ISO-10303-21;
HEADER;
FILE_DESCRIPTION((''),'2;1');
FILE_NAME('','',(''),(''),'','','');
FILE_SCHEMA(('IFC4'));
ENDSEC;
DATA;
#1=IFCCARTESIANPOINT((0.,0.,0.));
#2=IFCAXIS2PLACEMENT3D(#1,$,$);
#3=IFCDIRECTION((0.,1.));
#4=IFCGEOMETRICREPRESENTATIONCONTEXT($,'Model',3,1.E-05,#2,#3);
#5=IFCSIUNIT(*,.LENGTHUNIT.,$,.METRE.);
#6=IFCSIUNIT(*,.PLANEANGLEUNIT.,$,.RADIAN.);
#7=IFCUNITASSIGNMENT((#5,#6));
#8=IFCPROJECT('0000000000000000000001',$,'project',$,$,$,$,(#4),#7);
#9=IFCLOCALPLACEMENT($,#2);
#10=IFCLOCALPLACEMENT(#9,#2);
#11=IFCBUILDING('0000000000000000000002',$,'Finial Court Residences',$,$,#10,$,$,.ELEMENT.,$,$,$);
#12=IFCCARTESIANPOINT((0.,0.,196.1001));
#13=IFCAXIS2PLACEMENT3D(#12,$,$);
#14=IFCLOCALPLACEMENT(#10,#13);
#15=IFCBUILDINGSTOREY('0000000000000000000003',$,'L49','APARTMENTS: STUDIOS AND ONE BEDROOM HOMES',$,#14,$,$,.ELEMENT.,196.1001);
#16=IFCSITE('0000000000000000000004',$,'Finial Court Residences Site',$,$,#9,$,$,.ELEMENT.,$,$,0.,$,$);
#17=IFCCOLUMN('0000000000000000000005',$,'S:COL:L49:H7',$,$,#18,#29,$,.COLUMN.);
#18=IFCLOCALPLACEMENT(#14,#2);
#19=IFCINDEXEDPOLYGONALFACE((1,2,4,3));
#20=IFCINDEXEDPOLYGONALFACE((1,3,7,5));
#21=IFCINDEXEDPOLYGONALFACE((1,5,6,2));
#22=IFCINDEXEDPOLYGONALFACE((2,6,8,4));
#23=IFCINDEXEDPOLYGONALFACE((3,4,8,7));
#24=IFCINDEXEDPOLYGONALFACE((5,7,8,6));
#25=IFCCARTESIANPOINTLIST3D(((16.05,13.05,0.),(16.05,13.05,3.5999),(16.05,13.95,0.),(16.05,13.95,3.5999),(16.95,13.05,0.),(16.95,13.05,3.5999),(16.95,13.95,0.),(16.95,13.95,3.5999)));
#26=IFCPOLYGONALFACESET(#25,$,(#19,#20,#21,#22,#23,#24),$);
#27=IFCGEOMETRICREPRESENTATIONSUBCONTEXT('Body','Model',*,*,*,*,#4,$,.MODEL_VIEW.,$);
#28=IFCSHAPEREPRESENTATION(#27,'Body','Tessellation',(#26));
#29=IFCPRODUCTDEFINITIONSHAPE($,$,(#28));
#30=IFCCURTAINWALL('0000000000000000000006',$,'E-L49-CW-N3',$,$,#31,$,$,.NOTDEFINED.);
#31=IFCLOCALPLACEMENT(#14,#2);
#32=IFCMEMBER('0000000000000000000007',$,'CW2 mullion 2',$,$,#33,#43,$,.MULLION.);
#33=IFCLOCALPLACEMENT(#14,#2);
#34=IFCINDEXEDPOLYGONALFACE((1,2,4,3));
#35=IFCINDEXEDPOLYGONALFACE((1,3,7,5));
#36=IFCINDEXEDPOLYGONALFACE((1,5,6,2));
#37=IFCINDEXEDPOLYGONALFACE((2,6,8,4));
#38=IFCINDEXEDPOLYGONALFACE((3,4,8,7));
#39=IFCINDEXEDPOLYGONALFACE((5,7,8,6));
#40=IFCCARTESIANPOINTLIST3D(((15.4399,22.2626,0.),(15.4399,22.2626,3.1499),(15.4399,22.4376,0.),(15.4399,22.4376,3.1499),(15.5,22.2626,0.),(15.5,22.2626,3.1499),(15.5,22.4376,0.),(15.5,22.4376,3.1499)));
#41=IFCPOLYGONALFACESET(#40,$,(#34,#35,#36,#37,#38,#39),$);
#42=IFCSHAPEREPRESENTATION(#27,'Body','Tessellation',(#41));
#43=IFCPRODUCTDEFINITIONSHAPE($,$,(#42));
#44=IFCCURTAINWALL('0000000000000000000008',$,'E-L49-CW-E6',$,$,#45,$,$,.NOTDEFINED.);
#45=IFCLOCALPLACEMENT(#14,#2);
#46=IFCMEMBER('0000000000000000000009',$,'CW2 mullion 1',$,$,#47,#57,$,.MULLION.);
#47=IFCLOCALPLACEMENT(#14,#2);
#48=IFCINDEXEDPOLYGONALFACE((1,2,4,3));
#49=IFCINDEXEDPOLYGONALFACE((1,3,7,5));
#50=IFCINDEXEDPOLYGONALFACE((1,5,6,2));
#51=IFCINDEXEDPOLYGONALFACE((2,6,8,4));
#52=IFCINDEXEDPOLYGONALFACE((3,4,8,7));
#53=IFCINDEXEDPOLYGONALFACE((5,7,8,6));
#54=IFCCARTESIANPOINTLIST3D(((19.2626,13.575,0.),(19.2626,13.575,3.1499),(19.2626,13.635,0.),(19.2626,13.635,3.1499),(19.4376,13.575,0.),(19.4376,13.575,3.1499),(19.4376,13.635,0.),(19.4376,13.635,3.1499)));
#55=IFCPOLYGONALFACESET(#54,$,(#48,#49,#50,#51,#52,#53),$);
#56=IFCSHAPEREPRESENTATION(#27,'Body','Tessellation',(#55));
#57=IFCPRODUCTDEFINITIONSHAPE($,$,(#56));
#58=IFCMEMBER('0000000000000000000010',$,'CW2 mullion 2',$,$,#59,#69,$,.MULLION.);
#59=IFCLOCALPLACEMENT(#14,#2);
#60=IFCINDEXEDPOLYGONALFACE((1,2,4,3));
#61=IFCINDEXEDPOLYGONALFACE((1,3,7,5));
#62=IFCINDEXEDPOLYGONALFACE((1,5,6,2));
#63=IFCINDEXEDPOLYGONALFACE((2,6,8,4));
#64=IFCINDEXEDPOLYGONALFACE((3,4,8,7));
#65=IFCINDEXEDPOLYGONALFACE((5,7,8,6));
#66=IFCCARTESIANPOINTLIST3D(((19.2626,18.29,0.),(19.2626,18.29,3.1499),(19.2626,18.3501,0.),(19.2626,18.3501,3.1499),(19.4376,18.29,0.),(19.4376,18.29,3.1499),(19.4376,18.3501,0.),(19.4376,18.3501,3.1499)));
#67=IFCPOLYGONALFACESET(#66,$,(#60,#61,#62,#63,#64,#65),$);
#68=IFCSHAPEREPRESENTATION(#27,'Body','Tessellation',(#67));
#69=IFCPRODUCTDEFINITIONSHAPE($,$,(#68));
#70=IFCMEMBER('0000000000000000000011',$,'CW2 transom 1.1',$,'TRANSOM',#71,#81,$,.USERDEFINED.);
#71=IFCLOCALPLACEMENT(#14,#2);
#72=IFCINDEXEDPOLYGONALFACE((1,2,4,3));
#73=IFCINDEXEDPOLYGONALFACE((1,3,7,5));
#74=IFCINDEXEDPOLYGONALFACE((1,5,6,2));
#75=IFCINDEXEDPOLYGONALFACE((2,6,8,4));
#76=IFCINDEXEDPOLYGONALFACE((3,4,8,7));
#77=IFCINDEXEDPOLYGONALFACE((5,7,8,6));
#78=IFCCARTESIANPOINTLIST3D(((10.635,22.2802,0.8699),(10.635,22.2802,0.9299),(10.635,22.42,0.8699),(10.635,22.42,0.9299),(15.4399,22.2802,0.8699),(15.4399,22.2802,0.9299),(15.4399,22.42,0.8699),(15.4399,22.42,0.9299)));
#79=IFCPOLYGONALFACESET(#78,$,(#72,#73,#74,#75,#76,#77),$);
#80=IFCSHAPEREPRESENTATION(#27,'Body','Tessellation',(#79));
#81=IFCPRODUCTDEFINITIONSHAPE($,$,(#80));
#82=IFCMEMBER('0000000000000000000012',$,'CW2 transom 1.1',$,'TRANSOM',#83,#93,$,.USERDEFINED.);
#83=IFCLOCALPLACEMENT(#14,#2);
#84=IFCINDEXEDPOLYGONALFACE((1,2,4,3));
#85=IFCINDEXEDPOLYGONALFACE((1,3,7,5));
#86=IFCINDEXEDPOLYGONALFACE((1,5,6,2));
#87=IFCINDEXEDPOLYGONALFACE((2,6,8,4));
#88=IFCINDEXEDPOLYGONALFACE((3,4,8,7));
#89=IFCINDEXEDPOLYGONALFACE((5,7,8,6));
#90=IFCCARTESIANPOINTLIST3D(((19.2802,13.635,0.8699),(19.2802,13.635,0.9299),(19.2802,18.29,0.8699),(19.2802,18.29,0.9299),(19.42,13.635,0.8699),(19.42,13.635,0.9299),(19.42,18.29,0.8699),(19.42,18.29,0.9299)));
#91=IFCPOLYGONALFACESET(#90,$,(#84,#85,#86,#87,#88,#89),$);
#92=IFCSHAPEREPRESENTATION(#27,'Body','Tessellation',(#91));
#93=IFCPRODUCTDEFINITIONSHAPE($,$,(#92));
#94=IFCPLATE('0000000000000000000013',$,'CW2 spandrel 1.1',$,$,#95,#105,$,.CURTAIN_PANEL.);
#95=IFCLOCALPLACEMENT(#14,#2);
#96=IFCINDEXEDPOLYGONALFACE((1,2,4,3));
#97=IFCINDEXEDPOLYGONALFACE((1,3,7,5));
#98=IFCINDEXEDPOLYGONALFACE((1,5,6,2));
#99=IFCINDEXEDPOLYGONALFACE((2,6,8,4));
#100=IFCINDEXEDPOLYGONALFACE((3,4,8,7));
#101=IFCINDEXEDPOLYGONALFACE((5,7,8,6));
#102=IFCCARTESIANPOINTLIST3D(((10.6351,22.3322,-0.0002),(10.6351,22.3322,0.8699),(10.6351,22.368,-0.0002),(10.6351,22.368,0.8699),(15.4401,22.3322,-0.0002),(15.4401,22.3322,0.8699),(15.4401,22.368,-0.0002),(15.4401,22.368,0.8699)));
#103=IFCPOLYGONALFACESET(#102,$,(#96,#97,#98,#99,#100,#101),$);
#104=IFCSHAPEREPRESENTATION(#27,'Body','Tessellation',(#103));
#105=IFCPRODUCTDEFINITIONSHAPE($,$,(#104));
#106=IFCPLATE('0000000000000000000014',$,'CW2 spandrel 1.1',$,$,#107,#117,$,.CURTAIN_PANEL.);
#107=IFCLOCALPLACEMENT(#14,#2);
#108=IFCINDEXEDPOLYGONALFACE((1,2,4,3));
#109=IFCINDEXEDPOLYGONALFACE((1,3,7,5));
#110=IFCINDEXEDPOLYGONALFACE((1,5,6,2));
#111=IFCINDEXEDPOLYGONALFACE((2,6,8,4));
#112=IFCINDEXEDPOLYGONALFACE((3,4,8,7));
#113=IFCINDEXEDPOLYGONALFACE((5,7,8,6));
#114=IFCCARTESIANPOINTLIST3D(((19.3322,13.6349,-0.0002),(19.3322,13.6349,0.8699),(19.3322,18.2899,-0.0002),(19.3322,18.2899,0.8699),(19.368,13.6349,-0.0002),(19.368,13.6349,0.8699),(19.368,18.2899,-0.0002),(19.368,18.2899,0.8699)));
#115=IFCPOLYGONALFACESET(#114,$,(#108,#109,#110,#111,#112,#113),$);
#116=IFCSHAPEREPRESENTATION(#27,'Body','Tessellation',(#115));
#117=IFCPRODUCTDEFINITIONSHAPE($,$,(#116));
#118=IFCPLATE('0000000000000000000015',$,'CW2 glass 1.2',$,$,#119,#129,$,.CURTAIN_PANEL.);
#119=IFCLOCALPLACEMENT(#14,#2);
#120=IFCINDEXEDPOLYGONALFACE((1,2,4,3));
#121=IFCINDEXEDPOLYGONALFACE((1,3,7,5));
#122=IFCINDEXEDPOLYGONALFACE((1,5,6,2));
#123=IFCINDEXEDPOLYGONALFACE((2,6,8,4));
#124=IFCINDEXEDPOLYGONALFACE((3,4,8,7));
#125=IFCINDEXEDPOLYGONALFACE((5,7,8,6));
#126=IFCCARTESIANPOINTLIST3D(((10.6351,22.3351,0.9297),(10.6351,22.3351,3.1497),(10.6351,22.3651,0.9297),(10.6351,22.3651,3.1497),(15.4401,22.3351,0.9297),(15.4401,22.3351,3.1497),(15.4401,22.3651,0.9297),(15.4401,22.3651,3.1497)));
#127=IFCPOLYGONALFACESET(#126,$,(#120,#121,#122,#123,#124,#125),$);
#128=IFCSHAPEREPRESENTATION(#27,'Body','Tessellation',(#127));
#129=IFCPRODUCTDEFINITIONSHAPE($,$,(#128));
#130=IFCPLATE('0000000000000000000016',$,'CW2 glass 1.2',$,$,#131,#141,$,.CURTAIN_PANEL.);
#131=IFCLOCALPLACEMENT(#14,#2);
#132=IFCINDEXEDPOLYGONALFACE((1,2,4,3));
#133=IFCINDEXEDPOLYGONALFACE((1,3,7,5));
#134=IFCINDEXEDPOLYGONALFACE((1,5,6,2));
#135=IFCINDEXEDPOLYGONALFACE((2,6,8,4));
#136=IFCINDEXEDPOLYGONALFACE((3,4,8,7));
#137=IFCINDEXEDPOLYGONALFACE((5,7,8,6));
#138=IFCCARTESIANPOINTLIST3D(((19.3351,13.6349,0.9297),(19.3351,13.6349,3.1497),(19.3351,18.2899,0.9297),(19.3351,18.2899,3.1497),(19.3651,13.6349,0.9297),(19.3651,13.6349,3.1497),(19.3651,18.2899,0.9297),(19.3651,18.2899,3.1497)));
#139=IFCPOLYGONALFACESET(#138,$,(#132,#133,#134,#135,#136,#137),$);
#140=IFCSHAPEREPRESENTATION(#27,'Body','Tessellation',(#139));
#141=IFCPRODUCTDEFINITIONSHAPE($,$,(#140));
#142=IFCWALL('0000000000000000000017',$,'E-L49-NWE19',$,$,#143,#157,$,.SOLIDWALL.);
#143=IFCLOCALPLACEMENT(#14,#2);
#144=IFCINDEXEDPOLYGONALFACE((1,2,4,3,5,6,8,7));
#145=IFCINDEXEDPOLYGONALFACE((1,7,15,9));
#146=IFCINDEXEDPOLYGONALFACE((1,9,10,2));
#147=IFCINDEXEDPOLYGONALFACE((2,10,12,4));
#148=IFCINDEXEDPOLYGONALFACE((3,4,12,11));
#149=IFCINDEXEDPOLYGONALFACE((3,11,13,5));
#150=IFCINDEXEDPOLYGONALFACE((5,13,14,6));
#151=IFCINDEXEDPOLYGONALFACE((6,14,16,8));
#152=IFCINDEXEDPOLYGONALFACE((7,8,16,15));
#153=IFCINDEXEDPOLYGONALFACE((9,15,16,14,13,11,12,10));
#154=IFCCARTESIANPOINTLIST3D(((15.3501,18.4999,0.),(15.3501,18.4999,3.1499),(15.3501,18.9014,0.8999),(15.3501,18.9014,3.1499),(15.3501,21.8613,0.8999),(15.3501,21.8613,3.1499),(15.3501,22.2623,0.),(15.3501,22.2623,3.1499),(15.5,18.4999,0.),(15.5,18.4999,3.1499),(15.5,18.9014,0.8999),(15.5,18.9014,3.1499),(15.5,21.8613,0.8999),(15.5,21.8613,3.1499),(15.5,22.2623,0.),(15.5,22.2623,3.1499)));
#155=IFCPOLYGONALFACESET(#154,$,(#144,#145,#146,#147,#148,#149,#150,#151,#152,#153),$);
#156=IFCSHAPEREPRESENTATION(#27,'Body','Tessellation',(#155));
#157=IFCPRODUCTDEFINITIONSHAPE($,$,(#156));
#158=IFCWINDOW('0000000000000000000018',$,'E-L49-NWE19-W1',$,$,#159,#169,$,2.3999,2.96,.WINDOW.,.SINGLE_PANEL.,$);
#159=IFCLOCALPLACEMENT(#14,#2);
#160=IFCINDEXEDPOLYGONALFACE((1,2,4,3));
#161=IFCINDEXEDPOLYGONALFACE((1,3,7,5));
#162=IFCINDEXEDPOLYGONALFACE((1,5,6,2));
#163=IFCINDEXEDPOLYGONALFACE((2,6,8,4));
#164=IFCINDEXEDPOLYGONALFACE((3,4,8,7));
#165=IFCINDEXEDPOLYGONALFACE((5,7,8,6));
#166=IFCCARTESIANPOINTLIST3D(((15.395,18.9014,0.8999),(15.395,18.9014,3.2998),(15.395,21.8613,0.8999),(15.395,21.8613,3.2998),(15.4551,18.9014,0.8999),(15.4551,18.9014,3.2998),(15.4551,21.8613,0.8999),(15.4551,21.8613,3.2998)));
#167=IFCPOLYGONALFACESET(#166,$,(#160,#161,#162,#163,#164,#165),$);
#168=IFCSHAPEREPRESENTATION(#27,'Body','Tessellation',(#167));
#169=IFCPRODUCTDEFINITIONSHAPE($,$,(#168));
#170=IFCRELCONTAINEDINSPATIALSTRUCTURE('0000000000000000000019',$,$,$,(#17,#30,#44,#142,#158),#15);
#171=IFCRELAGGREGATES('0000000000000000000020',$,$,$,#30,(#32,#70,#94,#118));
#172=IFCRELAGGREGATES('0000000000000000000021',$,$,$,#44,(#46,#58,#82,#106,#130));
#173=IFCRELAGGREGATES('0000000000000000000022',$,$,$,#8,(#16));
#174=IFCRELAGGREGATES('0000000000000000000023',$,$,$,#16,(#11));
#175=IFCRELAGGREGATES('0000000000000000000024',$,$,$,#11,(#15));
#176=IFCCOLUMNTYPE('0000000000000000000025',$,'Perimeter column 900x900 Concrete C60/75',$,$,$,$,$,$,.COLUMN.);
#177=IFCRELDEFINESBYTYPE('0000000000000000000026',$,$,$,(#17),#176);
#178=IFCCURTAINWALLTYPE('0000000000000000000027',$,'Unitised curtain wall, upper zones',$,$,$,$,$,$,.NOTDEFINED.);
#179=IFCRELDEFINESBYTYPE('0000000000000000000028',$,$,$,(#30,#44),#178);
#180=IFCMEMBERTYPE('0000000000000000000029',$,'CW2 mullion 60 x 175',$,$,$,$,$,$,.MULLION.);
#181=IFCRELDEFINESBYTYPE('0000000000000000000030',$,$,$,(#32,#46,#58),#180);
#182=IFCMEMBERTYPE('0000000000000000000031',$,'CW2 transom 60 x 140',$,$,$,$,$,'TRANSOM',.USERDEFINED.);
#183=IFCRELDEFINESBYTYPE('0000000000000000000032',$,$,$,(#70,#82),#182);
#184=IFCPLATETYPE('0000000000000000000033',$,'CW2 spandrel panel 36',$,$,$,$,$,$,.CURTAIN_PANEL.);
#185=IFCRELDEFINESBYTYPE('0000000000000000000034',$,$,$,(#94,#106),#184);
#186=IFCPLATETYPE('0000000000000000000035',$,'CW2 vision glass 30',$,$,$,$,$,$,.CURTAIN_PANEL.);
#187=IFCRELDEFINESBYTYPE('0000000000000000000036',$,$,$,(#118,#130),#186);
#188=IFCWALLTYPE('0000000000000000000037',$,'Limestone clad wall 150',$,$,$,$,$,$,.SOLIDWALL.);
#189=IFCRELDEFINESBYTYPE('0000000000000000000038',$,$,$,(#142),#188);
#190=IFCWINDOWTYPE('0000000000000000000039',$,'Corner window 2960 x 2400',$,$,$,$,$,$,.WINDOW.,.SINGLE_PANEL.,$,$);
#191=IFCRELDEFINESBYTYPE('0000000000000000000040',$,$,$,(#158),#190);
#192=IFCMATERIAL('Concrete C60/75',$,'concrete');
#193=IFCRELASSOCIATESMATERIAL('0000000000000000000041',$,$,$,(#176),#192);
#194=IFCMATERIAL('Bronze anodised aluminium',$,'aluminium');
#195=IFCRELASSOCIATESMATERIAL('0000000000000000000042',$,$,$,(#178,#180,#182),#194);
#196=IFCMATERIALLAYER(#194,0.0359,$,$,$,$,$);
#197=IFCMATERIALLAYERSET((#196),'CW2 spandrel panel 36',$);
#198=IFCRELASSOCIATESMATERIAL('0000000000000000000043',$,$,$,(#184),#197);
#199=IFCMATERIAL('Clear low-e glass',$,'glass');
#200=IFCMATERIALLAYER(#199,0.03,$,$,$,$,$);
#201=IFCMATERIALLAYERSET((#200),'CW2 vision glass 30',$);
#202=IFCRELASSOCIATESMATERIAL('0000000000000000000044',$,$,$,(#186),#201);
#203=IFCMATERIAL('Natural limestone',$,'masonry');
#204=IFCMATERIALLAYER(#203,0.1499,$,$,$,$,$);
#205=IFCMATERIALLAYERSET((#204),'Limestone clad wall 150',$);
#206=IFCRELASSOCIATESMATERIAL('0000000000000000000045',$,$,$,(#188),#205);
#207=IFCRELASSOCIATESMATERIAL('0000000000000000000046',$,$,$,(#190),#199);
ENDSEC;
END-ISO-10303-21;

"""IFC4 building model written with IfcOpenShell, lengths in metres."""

from ifc_helpers import new_model, si_unit, direction, frame, frame_2d, origin, origin_2d, place, context, subcontext, project, spatial, rectangle, extrude, material, layer, layer_set, material_profile, profile_set, type_object, element, fill, aggregate, save


model = new_model("IFC4")

# Units and contexts
model_context = context("Model", 3, precision=1e-05, world=origin(), true_north=direction((0.0, 1.0)))
body_context = subcontext(model_context, "Body", "Model", "MODEL_VIEW")
ifc_project = project(units=[si_unit("LENGTHUNIT", "METRE"), si_unit("PLANEANGLEUNIT", "RADIAN")], contexts=[model_context])

# Site, building, storey
site_placement = place(None, origin())
site = spatial("IfcSite", under=ifc_project, at=site_placement, Name="Finial Court Residences Site", CompositionType="ELEMENT", RefElevation=0.0)
building_placement = place(site_placement, origin())
building = spatial("IfcBuilding", under=site, at=building_placement, Name="Finial Court Residences", CompositionType="ELEMENT")
storey_placement = place(building_placement, frame((0.0, 0.0, 196.1001)))
storey = spatial("IfcBuildingStorey", under=building, at=storey_placement, Name="L49", Description="APARTMENTS: STUDIOS AND ONE BEDROOM HOMES", CompositionType="ELEMENT", Elevation=196.1001)

# Column
ifc_material_1 = material(Name="Concrete C60/75", Category="concrete")
ifc_material_profile_1 = material_profile(ifc_material_1, rectangle(XDim=0.8999, YDim=0.8999, at=origin_2d()), Name="900x900")
ifc_profile_set_1 = profile_set([ifc_material_profile_1], Name="Concrete C60/75")
column_type = type_object("IfcColumnType", Name="Perimeter column 900x900 Concrete C60/75", PredefinedType="COLUMN", material=ifc_profile_set_1)
column_placement = place(storey_placement, frame((16.5, 13.5, 0.0), z_axis=(0.0, 0.0, 1.0), x_axis=(1.0, 0.0, 0.0)))
element("IfcColumn", 1, at=column_placement, inside=storey, type_object=column_type, Name="S:COL:L49:H7", PredefinedType="COLUMN", context=body_context, shape_type="SweptSolid", body=[
    extrude(rectangle(XDim=0.8999, YDim=0.8999, at=origin_2d()), origin(), (0.0, 0.0, 1.0), 3.5999),
])

# Curtain wall, member
ifc_material_2 = material(Name="Bronze anodised aluminium", Category="aluminium")
curtain_wall_type = type_object("IfcCurtainWallType", Name="Unitised curtain wall, upper zones", PredefinedType="NOTDEFINED", material=ifc_material_2)
curtain_wall_1_placement = place(storey_placement, origin())
curtain_wall_1 = element("IfcCurtainWall", 2, at=curtain_wall_1_placement, inside=storey, type_object=curtain_wall_type, Name="E-L49-CW-N3", PredefinedType="NOTDEFINED")
ifc_material_profile_2 = material_profile(ifc_material_2, rectangle(XDim=0.175, YDim=0.0601, at=origin_2d()), Name="CW2 mullion 60 x 175")
ifc_profile_set_2 = profile_set([ifc_material_profile_2], Name="Bronze anodised aluminium")
member_type_1 = type_object("IfcMemberType", Name="CW2 mullion 60 x 175", PredefinedType="MULLION", material=ifc_profile_set_2)
member_1_placement = place(storey_placement, frame((15.47, 22.3501, 0.0), z_axis=(0.0, 0.0, 1.0), x_axis=(0.0, 1.0, 0.0)))
member_1 = element("IfcMember", 3, at=member_1_placement, type_object=member_type_1, Name="CW2 mullion 2", PredefinedType="MULLION", context=body_context, shape_type="SweptSolid", body=[
    extrude(rectangle(XDim=0.175, YDim=0.0601, at=origin_2d()), origin(), (0.0, 0.0, 1.0), 3.1499),
])

# Curtain wall, members
curtain_wall_2_placement = place(storey_placement, origin())
curtain_wall_2 = element("IfcCurtainWall", 4, at=curtain_wall_2_placement, inside=storey, type_object=curtain_wall_type, Name="E-L49-CW-E6", PredefinedType="NOTDEFINED")
member_2_placement = place(storey_placement, frame((19.3501, 13.605, 0.0), z_axis=(0.0, 0.0, 1.0), x_axis=(-1.0, 0.0, 0.0)))
member_2 = element("IfcMember", 5, at=member_2_placement, type_object=member_type_1, Name="CW2 mullion 1", PredefinedType="MULLION", context=body_context, shape_type="SweptSolid", body=[
    extrude(rectangle(XDim=0.175, YDim=0.0601, at=origin_2d()), origin(), (0.0, 0.0, 1.0), 3.1499),
])
member_3_placement = place(storey_placement, frame((19.3501, 18.3201, 0.0), z_axis=(0.0, 0.0, 1.0), x_axis=(-1.0, 0.0, 0.0)))
member_3 = element("IfcMember", 6, at=member_3_placement, type_object=member_type_1, Name="CW2 mullion 2", PredefinedType="MULLION", context=body_context, shape_type="SweptSolid", body=[
    extrude(rectangle(XDim=0.175, YDim=0.0601, at=origin_2d()), origin(), (0.0, 0.0, 1.0), 3.1499),
])

# Members
ifc_material_profile_3 = material_profile(ifc_material_2, rectangle(XDim=0.1399, YDim=0.0601, at=origin_2d()), Name="CW2 transom 60 x 140")
ifc_profile_set_3 = profile_set([ifc_material_profile_3], Name="Bronze anodised aluminium")
member_type_2 = type_object("IfcMemberType", Name="CW2 transom 60 x 140", ElementType="TRANSOM", PredefinedType="USERDEFINED", material=ifc_profile_set_3)
member_4_placement = place(storey_placement, frame((10.635, 22.3501, 0.8999), z_axis=(1.0, 0.0, 0.0), x_axis=(0.0, 1.0, 0.0)))
member_4 = element("IfcMember", 7, at=member_4_placement, type_object=member_type_2, Name="CW2 transom 1.1", ObjectType="TRANSOM", PredefinedType="USERDEFINED", context=body_context, shape_type="SweptSolid", body=[
    extrude(rectangle(XDim=0.1399, YDim=0.0601, at=origin_2d()), origin(), (0.0, 0.0, 1.0), 4.8049),
])
member_5_placement = place(storey_placement, frame((19.3501, 13.635, 0.8999), z_axis=(0.0, 1.0, 0.0), x_axis=(-1.0, 0.0, 0.0)))
member_5 = element("IfcMember", 8, at=member_5_placement, type_object=member_type_2, Name="CW2 transom 1.1", ObjectType="TRANSOM", PredefinedType="USERDEFINED", context=body_context, shape_type="SweptSolid", body=[
    extrude(rectangle(XDim=0.1399, YDim=0.0601, at=origin_2d()), origin(), (0.0, 0.0, 1.0), 4.655),
])

# Plates
ifc_layer_1 = layer(ifc_material_2, 0.0359)
ifc_layer_set_1 = layer_set([ifc_layer_1], Name="CW2 spandrel panel 36")
plate_type_1 = type_object("IfcPlateType", Name="CW2 spandrel panel 36", PredefinedType="CURTAIN_PANEL", material=ifc_layer_set_1)
plate_1_placement = place(storey_placement, frame((13.0376, 22.3501, -0.0002), z_axis=(0.0, 0.0, 1.0), x_axis=(1.0, 0.0, 0.0)))
plate_1 = element("IfcPlate", 9, at=plate_1_placement, type_object=plate_type_1, Name="CW2 spandrel 1.1", PredefinedType="CURTAIN_PANEL", context=body_context, shape_type="SweptSolid", body=[
    extrude(rectangle(XDim=4.8049, YDim=0.0359, at=origin_2d()), origin(), (0.0, 0.0, 1.0), 0.8701),
])
plate_2_placement = place(storey_placement, frame((19.3501, 15.9624, -0.0002), z_axis=(0.0, 0.0, 1.0), x_axis=(0.0, 1.0, 0.0)))
plate_2 = element("IfcPlate", 10, at=plate_2_placement, type_object=plate_type_1, Name="CW2 spandrel 1.1", PredefinedType="CURTAIN_PANEL", context=body_context, shape_type="SweptSolid", body=[
    extrude(rectangle(XDim=4.655, YDim=0.0359, at=origin_2d()), origin(), (0.0, 0.0, 1.0), 0.8701),
])
ifc_material_3 = material(Name="Clear low-e glass", Category="glass")
ifc_layer_2 = layer(ifc_material_3, 0.03)
ifc_layer_set_2 = layer_set([ifc_layer_2], Name="CW2 vision glass 30")
plate_type_2 = type_object("IfcPlateType", Name="CW2 vision glass 30", PredefinedType="CURTAIN_PANEL", material=ifc_layer_set_2)
plate_3_placement = place(storey_placement, frame((13.0376, 22.3501, 0.9297), z_axis=(0.0, 0.0, 1.0), x_axis=(1.0, 0.0, 0.0)))
plate_3 = element("IfcPlate", 11, at=plate_3_placement, type_object=plate_type_2, Name="CW2 glass 1.2", PredefinedType="CURTAIN_PANEL", context=body_context, shape_type="SweptSolid", body=[
    extrude(rectangle(XDim=4.8049, YDim=0.03, at=origin_2d()), origin(), (0.0, 0.0, 1.0), 2.22),
])
aggregate(curtain_wall_1, [member_1, member_4, plate_1, plate_3])
plate_4_placement = place(storey_placement, frame((19.3501, 15.9624, 0.9297), z_axis=(0.0, 0.0, 1.0), x_axis=(0.0, 1.0, 0.0)))
plate_4 = element("IfcPlate", 12, at=plate_4_placement, type_object=plate_type_2, Name="CW2 glass 1.2", PredefinedType="CURTAIN_PANEL", context=body_context, shape_type="SweptSolid", body=[
    extrude(rectangle(XDim=4.655, YDim=0.03, at=origin_2d()), origin(), (0.0, 0.0, 1.0), 2.22),
])
aggregate(curtain_wall_2, [member_2, member_3, member_5, plate_2, plate_4])

# Wall, opening, window
ifc_material_4 = material(Name="Natural limestone", Category="masonry")
ifc_layer_3 = layer(ifc_material_4, 0.1499)
ifc_layer_set_3 = layer_set([ifc_layer_3], Name="Limestone clad wall 150")
wall_type = type_object("IfcWallType", Name="Limestone clad wall 150", PredefinedType="SOLIDWALL", material=ifc_layer_set_3)
wall_1_placement = place(storey_placement, frame((15.425, 22.2625, 0.0), z_axis=(0.0, 0.0, 1.0), x_axis=(0.0, -1.0, 0.0)))
wall_1 = element("IfcWall", 13, at=wall_1_placement, inside=storey, type_object=wall_type, Name="E-L49-NWE19", PredefinedType="SOLIDWALL", context=body_context, shape_type="SweptSolid", body=[
    extrude(rectangle(XDim=3.7625, YDim=0.1499, at=frame_2d((1.8813, 0.0))), origin(), (0.0, 0.0, 1.0), 3.1499),
])
opening_1_placement = place(wall_1_placement, frame((0.4011, 0.0, 0.8999)))
opening_1 = element("IfcOpeningElement", 14, at=opening_1_placement, cuts=wall_1, PredefinedType="OPENING", context=body_context, shape_type="SweptSolid", body=[
    extrude(rectangle(XDim=2.96, YDim=2.3999, at=frame_2d((1.48, 1.2))), frame((0.0, 0.085, 0.0), z_axis=(0.0, -1.0, 0.0), x_axis=(1.0, 0.0, 0.0)), (0.0, 0.0, 1.0), 0.1699),
])
window_type_1 = type_object("IfcWindowType", Name="Corner window 2960 x 2400", PartitioningType="SINGLE_PANEL", PredefinedType="WINDOW", material=ifc_material_3)
window_1_placement = place(opening_1_placement, origin())
window_1 = element("IfcWindow", 15, at=window_1_placement, inside=storey, type_object=window_type_1, Name="E-L49-NWE19-W1", OverallHeight=2.3999, OverallWidth=2.96, PartitioningType="SINGLE_PANEL", PredefinedType="WINDOW", context=body_context, shape_type="SweptSolid", body=[
    extrude(rectangle(XDim=2.96, YDim=2.3999, at=frame_2d((1.48, 1.2))), frame((0.0, 0.03, 0.0), z_axis=(0.0, -1.0, 0.0), x_axis=(1.0, 0.0, 0.0)), (0.0, 0.0, 1.0), 0.0601),
])
fill(opening_1, window_1)

save(model, "model.ifc")
